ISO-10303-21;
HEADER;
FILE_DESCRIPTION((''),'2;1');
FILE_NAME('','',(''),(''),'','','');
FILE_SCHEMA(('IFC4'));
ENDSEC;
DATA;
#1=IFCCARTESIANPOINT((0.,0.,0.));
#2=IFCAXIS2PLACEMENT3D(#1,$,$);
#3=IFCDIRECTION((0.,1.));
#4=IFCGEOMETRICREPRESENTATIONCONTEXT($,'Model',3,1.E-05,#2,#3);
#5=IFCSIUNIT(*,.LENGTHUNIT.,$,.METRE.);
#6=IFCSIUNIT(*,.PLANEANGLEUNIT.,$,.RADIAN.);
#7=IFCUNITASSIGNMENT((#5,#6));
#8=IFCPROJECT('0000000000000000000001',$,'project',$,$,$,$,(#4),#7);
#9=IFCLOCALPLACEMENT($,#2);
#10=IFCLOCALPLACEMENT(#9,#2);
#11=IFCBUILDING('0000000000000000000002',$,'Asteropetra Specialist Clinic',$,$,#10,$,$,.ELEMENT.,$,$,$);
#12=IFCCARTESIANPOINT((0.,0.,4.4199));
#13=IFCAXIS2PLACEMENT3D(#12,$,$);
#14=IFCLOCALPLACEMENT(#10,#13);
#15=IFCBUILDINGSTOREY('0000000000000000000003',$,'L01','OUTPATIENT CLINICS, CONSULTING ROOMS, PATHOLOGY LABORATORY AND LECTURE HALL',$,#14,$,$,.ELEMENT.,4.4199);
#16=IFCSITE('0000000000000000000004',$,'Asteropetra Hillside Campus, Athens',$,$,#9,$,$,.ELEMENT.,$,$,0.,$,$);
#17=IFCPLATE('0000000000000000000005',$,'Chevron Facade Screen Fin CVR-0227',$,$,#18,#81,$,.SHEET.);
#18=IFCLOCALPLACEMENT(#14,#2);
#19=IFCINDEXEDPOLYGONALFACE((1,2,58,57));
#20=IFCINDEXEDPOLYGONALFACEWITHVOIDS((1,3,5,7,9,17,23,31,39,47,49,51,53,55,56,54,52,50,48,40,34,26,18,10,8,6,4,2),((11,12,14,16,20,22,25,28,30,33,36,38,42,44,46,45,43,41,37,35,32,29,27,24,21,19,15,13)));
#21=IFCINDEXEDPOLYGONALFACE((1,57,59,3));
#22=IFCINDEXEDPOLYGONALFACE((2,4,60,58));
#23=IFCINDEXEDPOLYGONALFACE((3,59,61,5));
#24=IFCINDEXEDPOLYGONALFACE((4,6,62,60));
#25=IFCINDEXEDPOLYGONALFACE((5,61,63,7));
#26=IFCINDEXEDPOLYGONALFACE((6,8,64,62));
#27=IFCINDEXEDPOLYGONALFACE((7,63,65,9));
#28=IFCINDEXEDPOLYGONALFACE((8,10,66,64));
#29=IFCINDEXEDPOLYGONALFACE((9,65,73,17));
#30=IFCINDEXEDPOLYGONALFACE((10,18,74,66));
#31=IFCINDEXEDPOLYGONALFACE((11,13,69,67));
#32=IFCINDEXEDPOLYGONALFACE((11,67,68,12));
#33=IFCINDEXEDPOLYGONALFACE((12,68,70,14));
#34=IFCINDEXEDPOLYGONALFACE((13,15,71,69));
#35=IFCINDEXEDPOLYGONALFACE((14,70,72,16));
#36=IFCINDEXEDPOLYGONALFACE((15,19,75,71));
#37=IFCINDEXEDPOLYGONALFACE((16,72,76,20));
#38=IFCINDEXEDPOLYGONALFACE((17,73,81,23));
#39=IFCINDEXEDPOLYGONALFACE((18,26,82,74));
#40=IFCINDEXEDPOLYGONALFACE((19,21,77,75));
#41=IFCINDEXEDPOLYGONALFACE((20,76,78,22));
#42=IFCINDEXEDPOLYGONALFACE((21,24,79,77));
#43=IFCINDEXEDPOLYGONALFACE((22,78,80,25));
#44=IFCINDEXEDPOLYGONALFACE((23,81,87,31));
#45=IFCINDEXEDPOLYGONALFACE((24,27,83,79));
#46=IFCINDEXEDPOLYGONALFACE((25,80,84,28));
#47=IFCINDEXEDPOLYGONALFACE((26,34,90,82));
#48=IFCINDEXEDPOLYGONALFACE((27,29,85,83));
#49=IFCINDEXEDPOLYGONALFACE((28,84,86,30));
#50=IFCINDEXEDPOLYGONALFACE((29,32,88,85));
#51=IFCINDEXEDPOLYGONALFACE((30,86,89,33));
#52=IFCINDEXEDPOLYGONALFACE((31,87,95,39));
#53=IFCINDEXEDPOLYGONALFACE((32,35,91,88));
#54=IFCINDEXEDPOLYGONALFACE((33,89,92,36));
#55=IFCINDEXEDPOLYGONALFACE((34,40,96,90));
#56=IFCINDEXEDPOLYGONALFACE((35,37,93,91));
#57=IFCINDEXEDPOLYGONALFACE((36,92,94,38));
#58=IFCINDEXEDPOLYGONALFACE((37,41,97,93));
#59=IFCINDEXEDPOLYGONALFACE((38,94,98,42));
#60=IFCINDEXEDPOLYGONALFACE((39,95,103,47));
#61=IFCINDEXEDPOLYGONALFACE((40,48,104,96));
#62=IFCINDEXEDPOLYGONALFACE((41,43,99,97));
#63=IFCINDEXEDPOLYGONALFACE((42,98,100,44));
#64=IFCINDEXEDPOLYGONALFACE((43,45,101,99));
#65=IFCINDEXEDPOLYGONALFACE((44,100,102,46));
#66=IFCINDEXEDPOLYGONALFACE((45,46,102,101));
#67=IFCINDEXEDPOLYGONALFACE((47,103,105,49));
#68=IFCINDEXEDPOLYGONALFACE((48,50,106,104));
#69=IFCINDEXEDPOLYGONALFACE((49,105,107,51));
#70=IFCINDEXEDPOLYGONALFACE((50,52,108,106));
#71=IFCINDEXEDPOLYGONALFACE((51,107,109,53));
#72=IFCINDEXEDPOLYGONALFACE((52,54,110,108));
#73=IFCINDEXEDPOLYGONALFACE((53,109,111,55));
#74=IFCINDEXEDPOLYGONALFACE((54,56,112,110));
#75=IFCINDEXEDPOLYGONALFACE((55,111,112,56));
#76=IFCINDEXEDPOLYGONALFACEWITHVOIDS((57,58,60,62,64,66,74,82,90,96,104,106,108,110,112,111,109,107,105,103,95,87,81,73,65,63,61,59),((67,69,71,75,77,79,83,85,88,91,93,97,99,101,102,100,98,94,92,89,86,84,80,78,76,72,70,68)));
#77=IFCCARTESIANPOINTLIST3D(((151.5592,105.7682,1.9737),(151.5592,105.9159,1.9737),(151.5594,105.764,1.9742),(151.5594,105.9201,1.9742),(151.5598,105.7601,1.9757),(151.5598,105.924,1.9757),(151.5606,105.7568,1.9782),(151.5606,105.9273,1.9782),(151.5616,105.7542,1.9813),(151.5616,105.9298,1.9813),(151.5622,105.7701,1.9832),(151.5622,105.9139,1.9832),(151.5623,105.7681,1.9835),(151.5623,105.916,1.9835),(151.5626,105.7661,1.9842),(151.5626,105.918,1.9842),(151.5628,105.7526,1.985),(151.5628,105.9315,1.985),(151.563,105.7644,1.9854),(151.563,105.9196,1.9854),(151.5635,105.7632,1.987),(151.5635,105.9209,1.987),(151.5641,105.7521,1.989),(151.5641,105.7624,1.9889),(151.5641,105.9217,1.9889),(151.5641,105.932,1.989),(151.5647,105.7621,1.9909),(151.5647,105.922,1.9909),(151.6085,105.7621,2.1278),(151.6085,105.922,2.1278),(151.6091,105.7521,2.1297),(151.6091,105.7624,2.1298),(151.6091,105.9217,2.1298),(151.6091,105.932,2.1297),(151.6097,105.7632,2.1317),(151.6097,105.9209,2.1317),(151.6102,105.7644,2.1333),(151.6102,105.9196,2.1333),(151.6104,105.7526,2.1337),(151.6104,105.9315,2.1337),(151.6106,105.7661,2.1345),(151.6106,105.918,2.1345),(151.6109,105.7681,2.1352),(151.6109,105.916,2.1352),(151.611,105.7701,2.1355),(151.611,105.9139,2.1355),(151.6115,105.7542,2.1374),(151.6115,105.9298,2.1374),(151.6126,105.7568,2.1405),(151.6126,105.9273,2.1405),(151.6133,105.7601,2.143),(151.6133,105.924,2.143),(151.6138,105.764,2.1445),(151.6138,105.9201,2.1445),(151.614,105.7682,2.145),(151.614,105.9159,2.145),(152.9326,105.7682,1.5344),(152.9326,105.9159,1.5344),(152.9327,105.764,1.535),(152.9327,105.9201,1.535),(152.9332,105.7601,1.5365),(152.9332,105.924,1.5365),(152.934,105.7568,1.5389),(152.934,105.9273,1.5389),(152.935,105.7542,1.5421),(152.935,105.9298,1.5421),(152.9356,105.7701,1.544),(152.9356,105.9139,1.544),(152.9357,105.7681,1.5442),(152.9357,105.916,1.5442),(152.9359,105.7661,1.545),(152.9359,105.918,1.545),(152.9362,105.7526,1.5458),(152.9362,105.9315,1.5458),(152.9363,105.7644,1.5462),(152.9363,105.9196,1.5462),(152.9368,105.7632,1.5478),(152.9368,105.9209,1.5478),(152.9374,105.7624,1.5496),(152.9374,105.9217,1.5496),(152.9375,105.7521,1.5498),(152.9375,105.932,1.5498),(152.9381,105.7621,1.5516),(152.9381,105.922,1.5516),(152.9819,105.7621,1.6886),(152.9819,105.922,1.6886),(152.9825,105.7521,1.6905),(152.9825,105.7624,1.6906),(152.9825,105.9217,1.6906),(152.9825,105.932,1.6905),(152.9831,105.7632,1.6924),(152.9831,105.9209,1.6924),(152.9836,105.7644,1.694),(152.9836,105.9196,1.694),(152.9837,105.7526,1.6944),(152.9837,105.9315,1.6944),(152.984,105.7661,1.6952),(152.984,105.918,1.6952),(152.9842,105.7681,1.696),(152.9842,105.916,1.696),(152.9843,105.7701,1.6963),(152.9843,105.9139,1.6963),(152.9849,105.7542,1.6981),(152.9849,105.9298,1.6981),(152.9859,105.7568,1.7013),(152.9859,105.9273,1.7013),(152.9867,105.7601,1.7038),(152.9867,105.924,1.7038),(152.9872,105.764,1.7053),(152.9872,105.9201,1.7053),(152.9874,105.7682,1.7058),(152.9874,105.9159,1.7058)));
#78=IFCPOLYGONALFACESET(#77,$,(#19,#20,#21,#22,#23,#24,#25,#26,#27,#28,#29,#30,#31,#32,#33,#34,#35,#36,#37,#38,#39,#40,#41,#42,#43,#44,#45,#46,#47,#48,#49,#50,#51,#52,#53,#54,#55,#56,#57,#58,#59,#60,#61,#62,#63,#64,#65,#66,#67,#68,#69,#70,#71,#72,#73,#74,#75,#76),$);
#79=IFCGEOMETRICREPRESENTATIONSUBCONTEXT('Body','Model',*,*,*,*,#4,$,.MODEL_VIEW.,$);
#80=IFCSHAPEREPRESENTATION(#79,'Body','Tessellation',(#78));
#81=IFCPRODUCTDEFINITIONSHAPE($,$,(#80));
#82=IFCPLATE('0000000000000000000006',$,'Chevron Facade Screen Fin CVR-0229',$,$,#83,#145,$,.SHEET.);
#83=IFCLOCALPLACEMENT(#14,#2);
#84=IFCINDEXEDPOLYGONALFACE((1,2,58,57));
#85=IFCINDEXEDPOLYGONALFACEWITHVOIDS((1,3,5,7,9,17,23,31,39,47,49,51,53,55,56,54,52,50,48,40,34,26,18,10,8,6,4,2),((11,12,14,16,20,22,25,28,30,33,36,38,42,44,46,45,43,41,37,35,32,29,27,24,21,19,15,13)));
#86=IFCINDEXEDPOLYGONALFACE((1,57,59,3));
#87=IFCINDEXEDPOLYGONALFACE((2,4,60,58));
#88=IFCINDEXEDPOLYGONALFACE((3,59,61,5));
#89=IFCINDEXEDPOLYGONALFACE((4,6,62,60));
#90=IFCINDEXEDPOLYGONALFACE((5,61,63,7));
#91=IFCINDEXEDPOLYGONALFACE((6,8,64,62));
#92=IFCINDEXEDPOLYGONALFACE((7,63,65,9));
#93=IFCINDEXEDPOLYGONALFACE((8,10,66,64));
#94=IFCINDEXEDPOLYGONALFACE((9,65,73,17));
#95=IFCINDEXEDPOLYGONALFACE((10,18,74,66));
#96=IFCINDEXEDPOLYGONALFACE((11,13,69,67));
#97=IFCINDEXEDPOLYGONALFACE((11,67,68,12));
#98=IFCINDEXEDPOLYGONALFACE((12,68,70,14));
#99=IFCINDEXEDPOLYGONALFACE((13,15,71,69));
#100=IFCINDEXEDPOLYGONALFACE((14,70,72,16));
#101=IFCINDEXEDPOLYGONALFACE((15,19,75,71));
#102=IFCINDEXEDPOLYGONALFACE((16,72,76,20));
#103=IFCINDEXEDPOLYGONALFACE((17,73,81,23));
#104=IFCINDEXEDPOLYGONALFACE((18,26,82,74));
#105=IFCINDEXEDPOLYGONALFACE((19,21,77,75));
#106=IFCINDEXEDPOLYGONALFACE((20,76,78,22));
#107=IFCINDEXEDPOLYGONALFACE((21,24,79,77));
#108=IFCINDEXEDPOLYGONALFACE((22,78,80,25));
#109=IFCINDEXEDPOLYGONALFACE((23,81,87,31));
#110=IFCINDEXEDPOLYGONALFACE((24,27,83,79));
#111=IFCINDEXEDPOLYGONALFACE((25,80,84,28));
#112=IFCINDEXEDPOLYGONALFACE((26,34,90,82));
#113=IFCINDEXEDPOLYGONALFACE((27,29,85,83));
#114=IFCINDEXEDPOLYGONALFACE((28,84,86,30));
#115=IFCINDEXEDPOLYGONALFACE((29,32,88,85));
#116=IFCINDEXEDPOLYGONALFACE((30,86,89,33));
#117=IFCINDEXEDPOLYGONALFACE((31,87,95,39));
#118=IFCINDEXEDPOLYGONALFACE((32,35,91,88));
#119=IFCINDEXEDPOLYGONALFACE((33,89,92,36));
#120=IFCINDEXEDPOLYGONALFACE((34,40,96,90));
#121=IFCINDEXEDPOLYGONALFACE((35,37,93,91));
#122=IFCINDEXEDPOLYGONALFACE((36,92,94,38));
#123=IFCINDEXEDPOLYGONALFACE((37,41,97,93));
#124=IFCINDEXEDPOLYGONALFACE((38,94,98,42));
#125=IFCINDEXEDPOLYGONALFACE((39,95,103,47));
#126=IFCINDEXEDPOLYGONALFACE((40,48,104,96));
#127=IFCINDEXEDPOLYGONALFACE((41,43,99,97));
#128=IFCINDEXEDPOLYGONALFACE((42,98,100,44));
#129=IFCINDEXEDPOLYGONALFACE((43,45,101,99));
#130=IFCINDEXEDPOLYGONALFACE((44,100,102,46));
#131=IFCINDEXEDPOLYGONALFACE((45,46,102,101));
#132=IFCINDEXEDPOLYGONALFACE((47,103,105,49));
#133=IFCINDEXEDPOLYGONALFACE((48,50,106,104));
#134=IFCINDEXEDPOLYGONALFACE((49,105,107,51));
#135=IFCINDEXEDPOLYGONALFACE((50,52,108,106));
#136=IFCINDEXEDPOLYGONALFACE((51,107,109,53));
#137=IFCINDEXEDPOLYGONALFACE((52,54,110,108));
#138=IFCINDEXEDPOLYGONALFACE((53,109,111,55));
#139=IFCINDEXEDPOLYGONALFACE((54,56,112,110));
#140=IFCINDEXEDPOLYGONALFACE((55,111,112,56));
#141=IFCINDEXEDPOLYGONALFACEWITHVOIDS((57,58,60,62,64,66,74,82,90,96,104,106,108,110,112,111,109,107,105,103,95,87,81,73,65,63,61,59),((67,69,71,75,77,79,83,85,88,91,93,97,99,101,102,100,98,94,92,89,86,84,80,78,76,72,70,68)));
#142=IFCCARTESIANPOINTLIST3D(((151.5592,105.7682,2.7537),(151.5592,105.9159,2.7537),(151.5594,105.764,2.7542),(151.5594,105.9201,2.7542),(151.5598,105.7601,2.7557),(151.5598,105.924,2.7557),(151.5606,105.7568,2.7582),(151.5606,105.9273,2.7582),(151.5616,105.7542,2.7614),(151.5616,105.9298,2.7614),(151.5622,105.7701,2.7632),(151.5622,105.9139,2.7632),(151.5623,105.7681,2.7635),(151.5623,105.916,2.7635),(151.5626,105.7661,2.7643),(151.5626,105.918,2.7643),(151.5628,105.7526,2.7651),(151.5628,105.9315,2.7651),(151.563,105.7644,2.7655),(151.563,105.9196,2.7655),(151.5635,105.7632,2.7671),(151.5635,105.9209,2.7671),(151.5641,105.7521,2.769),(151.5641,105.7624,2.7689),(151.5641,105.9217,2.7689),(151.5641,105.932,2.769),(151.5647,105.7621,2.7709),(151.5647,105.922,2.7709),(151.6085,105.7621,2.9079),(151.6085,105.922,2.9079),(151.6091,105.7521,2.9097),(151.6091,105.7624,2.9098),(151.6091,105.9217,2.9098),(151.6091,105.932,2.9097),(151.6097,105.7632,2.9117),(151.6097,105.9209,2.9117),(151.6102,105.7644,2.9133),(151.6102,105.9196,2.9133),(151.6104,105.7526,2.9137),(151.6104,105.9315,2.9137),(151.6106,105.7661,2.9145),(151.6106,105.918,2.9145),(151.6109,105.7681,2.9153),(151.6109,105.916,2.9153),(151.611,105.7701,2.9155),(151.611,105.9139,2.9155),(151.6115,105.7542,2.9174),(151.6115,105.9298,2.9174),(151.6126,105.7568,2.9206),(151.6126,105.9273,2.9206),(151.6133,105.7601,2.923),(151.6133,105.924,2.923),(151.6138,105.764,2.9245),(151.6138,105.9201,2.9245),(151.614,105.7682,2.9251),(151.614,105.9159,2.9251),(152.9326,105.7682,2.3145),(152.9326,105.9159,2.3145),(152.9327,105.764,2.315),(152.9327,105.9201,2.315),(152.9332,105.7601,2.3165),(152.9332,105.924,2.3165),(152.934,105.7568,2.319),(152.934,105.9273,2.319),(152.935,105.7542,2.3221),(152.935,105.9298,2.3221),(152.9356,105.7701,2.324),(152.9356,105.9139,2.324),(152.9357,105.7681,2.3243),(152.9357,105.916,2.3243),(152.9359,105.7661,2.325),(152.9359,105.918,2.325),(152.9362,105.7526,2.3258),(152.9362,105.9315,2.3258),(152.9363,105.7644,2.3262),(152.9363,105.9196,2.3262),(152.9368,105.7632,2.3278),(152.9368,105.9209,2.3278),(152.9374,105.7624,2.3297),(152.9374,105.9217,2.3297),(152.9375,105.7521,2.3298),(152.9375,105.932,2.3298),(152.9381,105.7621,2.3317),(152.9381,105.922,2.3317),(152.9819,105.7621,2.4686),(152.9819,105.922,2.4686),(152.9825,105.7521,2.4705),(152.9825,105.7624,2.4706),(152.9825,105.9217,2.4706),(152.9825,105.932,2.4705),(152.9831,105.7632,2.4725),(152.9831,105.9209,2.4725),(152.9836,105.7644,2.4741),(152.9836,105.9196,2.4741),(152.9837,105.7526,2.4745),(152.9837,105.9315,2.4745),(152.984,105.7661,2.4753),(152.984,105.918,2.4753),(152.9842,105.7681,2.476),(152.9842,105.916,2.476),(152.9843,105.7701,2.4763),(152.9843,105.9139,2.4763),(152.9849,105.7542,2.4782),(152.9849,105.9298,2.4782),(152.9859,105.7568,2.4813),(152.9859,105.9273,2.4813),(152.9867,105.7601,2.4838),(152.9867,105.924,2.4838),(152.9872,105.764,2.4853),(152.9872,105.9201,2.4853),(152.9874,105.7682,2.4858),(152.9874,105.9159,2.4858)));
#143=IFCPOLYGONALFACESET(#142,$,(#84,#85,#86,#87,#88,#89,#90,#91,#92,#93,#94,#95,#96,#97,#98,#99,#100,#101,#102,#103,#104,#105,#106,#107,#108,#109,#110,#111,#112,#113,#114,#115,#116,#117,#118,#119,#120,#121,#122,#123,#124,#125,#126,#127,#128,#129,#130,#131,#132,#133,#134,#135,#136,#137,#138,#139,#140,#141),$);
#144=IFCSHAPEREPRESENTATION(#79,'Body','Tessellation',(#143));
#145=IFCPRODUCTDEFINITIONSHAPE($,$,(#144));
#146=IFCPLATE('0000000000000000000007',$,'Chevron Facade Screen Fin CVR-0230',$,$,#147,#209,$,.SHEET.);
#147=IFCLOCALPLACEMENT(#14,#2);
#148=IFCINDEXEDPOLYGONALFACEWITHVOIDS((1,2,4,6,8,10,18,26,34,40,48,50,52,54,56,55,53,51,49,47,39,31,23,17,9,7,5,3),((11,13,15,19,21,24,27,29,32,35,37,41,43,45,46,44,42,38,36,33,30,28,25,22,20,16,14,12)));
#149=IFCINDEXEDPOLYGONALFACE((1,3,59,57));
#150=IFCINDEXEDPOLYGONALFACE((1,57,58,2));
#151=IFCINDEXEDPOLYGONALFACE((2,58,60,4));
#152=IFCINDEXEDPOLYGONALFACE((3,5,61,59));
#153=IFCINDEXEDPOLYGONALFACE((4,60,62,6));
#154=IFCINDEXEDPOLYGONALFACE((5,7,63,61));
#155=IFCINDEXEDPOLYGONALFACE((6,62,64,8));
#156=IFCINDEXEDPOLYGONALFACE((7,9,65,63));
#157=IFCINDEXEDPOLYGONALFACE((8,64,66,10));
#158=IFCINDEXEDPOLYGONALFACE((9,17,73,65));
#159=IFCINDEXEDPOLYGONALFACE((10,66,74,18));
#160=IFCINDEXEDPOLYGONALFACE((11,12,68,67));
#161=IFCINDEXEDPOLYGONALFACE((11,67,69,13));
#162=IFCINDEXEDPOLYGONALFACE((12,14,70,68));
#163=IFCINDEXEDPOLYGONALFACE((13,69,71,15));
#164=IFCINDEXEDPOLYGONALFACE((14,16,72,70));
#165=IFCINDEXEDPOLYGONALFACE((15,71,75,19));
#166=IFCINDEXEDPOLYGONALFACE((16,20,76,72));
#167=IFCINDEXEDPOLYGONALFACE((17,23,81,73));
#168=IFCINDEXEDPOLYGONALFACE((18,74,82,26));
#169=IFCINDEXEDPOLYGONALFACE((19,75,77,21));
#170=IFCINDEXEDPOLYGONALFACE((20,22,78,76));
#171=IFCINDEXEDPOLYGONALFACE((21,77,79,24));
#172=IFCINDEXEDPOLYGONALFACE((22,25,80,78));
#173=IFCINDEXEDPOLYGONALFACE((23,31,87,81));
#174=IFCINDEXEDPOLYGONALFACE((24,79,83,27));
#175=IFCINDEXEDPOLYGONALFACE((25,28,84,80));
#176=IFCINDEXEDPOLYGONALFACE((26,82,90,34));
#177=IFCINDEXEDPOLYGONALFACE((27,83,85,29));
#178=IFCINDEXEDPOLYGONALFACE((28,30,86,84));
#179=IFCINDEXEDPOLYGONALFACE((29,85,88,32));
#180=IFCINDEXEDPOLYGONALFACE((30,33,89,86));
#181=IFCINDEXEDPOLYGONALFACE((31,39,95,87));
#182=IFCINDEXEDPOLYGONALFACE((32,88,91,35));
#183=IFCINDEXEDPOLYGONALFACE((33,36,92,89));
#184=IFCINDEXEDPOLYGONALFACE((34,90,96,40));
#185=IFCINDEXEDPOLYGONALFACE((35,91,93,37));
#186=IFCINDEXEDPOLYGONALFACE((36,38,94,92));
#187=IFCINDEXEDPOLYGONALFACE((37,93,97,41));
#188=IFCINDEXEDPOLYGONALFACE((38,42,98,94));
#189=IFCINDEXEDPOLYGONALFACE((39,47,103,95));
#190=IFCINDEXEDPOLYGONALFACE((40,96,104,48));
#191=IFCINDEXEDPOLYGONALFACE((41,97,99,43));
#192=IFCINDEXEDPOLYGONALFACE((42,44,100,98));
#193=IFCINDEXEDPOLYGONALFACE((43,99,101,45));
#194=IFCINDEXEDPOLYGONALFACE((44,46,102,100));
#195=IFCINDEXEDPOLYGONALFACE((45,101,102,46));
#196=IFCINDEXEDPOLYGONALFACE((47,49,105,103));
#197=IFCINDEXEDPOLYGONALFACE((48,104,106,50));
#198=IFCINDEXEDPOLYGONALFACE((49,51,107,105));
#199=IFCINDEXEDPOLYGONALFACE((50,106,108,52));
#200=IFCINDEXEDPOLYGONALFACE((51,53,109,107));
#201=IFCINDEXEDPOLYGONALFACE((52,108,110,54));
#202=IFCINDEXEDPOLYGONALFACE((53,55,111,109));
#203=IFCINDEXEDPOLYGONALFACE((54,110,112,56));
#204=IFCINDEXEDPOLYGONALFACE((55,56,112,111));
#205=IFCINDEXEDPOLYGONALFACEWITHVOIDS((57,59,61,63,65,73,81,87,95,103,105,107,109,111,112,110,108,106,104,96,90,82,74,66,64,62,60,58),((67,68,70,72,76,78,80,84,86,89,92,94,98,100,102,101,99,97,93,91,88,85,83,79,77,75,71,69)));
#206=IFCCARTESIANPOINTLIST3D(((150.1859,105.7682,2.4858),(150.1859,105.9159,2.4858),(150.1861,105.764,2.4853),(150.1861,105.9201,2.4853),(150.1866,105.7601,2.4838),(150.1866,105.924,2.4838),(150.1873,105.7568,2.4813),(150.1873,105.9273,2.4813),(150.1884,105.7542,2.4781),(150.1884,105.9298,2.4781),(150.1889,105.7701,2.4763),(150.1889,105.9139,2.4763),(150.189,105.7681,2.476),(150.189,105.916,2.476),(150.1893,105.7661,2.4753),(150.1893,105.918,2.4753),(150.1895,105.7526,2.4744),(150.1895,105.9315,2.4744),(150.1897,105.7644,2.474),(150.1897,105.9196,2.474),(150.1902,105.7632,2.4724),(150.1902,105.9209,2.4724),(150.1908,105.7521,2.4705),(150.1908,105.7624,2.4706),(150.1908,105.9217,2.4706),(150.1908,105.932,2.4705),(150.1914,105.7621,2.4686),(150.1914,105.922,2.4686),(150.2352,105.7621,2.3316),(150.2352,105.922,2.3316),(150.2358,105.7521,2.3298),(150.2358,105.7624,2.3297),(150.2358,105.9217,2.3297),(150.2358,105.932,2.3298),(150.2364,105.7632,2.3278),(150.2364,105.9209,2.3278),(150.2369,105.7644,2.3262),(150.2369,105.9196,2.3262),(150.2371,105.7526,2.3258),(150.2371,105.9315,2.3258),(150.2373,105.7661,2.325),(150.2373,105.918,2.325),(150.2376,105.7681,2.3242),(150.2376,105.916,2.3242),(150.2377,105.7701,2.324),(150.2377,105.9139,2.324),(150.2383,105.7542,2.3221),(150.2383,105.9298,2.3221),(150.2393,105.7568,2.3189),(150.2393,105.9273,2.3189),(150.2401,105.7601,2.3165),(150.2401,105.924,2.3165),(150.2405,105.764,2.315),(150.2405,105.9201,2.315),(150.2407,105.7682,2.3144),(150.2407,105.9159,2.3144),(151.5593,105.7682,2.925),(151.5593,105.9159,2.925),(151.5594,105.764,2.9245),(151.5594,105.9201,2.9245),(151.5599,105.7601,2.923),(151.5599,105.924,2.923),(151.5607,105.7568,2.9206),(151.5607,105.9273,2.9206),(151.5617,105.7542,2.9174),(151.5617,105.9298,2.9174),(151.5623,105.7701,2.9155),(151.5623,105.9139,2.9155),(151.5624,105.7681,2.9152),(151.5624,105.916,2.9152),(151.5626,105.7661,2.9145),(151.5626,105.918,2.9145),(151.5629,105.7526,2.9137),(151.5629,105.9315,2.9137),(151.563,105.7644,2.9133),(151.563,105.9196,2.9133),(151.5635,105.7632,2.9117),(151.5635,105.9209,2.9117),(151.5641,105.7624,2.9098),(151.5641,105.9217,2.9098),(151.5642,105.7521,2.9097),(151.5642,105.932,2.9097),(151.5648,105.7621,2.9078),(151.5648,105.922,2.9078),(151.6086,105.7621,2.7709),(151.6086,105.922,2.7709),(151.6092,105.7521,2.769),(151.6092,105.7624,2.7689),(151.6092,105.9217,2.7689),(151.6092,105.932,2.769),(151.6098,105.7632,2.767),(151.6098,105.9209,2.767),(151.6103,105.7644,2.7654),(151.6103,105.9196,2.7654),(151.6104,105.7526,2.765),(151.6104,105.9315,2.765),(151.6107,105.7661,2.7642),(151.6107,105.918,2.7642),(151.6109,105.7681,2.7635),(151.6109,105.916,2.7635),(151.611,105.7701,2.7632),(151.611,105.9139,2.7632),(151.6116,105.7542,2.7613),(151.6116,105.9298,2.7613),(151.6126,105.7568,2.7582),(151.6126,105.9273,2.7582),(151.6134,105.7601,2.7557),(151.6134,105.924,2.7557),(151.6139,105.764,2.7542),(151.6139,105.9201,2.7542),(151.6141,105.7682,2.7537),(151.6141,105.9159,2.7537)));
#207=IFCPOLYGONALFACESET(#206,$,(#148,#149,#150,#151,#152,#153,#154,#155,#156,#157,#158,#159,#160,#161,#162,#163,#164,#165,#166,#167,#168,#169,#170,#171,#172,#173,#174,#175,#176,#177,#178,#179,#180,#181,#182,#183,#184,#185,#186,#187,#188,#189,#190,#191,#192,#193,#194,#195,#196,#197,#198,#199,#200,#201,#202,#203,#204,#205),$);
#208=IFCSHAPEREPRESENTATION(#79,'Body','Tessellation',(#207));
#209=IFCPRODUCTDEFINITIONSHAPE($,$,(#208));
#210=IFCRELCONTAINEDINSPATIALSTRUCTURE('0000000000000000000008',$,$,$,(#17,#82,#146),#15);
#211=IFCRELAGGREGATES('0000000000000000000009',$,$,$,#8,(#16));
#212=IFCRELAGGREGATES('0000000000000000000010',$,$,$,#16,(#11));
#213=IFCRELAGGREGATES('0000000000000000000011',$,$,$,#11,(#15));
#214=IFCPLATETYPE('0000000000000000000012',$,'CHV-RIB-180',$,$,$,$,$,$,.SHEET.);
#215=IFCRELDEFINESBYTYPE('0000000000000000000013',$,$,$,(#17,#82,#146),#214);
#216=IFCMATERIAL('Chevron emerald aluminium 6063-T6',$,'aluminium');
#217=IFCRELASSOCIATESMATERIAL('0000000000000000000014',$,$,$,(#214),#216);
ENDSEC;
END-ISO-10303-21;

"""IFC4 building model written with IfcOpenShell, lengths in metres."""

from ifc_helpers import new_model, si_unit, direction, frame, origin, origin_2d, place, context, subcontext, project, spatial, hollow_rectangle, extrude, material, material_profile, profile_set, type_object, element, save


model = new_model("IFC4")

# Units and contexts
model_context = context("Model", 3, precision=1e-05, world=origin(), true_north=direction((0.0, 1.0)))
body_context = subcontext(model_context, "Body", "Model", "MODEL_VIEW")
ifc_project = project(units=[si_unit("LENGTHUNIT", "METRE"), si_unit("PLANEANGLEUNIT", "RADIAN")], contexts=[model_context])

# Site, building, storey
site_placement = place(None, origin())
site = spatial("IfcSite", under=ifc_project, at=site_placement, Name="Asteropetra Hillside Campus, Athens", CompositionType="ELEMENT", RefElevation=0.0)
building_placement = place(site_placement, origin())
building = spatial("IfcBuilding", under=site, at=building_placement, Name="Asteropetra Specialist Clinic", CompositionType="ELEMENT")
storey_placement = place(building_placement, frame((0.0, 0.0, 4.4199)))
storey = spatial("IfcBuildingStorey", under=building, at=storey_placement, Name="L01", Description="OUTPATIENT CLINICS, CONSULTING ROOMS, PATHOLOGY LABORATORY AND LECTURE HALL", CompositionType="ELEMENT", Elevation=4.4199)

# Plates
ifc_material_1 = material(Name="Chevron emerald aluminium 6063-T6", Category="aluminium")
ifc_material_profile_1 = material_profile(ifc_material_1, hollow_rectangle(XDim=0.1799, YDim=0.1799, WallThickness=0.01, InnerFilletRadius=0.0081, OuterFilletRadius=0.0161, at=origin_2d()), Name="SHS 180x180x10.0")
ifc_profile_set_1 = profile_set([ifc_material_profile_1], Name="Chevron emerald aluminium 6063-T6")
plate_type = type_object("IfcPlateType", Name="CHV-RIB-180", PredefinedType="SHEET", material=ifc_profile_set_1)
for number, where, z_axis, x_axis, name in (
    (1, (152.96, 105.842, 1.6201), (-0.952473, 0.0, 0.304622), (0.0, -1.0, 0.0), "Chevron Facade Screen Fin CVR-0227"),
    (2, (152.96, 105.842, 2.4001), (-0.952473, 0.0, 0.304622), (0.0, -1.0, 0.0), "Chevron Facade Screen Fin CVR-0229"),
    (3, (151.5867, 105.842, 2.8394), (-0.952473, 0.0, -0.304622), (0.0, -1.0, 0.0), "Chevron Facade Screen Fin CVR-0230"),
):
    element("IfcPlate", number, at=place(storey_placement, frame(where, z_axis=z_axis, x_axis=x_axis)), inside=storey, type_object=plate_type, Name=name, PredefinedType="SHEET", context=body_context, shape_type="SweptSolid", body=[
        extrude(hollow_rectangle(XDim=0.1799, YDim=0.1799, WallThickness=0.01, InnerFilletRadius=0.0081, OuterFilletRadius=0.0161, at=origin_2d()), origin(), (0.0, 0.0, 1.0), 1.4419),
    ])

save(model, "model.ifc")
